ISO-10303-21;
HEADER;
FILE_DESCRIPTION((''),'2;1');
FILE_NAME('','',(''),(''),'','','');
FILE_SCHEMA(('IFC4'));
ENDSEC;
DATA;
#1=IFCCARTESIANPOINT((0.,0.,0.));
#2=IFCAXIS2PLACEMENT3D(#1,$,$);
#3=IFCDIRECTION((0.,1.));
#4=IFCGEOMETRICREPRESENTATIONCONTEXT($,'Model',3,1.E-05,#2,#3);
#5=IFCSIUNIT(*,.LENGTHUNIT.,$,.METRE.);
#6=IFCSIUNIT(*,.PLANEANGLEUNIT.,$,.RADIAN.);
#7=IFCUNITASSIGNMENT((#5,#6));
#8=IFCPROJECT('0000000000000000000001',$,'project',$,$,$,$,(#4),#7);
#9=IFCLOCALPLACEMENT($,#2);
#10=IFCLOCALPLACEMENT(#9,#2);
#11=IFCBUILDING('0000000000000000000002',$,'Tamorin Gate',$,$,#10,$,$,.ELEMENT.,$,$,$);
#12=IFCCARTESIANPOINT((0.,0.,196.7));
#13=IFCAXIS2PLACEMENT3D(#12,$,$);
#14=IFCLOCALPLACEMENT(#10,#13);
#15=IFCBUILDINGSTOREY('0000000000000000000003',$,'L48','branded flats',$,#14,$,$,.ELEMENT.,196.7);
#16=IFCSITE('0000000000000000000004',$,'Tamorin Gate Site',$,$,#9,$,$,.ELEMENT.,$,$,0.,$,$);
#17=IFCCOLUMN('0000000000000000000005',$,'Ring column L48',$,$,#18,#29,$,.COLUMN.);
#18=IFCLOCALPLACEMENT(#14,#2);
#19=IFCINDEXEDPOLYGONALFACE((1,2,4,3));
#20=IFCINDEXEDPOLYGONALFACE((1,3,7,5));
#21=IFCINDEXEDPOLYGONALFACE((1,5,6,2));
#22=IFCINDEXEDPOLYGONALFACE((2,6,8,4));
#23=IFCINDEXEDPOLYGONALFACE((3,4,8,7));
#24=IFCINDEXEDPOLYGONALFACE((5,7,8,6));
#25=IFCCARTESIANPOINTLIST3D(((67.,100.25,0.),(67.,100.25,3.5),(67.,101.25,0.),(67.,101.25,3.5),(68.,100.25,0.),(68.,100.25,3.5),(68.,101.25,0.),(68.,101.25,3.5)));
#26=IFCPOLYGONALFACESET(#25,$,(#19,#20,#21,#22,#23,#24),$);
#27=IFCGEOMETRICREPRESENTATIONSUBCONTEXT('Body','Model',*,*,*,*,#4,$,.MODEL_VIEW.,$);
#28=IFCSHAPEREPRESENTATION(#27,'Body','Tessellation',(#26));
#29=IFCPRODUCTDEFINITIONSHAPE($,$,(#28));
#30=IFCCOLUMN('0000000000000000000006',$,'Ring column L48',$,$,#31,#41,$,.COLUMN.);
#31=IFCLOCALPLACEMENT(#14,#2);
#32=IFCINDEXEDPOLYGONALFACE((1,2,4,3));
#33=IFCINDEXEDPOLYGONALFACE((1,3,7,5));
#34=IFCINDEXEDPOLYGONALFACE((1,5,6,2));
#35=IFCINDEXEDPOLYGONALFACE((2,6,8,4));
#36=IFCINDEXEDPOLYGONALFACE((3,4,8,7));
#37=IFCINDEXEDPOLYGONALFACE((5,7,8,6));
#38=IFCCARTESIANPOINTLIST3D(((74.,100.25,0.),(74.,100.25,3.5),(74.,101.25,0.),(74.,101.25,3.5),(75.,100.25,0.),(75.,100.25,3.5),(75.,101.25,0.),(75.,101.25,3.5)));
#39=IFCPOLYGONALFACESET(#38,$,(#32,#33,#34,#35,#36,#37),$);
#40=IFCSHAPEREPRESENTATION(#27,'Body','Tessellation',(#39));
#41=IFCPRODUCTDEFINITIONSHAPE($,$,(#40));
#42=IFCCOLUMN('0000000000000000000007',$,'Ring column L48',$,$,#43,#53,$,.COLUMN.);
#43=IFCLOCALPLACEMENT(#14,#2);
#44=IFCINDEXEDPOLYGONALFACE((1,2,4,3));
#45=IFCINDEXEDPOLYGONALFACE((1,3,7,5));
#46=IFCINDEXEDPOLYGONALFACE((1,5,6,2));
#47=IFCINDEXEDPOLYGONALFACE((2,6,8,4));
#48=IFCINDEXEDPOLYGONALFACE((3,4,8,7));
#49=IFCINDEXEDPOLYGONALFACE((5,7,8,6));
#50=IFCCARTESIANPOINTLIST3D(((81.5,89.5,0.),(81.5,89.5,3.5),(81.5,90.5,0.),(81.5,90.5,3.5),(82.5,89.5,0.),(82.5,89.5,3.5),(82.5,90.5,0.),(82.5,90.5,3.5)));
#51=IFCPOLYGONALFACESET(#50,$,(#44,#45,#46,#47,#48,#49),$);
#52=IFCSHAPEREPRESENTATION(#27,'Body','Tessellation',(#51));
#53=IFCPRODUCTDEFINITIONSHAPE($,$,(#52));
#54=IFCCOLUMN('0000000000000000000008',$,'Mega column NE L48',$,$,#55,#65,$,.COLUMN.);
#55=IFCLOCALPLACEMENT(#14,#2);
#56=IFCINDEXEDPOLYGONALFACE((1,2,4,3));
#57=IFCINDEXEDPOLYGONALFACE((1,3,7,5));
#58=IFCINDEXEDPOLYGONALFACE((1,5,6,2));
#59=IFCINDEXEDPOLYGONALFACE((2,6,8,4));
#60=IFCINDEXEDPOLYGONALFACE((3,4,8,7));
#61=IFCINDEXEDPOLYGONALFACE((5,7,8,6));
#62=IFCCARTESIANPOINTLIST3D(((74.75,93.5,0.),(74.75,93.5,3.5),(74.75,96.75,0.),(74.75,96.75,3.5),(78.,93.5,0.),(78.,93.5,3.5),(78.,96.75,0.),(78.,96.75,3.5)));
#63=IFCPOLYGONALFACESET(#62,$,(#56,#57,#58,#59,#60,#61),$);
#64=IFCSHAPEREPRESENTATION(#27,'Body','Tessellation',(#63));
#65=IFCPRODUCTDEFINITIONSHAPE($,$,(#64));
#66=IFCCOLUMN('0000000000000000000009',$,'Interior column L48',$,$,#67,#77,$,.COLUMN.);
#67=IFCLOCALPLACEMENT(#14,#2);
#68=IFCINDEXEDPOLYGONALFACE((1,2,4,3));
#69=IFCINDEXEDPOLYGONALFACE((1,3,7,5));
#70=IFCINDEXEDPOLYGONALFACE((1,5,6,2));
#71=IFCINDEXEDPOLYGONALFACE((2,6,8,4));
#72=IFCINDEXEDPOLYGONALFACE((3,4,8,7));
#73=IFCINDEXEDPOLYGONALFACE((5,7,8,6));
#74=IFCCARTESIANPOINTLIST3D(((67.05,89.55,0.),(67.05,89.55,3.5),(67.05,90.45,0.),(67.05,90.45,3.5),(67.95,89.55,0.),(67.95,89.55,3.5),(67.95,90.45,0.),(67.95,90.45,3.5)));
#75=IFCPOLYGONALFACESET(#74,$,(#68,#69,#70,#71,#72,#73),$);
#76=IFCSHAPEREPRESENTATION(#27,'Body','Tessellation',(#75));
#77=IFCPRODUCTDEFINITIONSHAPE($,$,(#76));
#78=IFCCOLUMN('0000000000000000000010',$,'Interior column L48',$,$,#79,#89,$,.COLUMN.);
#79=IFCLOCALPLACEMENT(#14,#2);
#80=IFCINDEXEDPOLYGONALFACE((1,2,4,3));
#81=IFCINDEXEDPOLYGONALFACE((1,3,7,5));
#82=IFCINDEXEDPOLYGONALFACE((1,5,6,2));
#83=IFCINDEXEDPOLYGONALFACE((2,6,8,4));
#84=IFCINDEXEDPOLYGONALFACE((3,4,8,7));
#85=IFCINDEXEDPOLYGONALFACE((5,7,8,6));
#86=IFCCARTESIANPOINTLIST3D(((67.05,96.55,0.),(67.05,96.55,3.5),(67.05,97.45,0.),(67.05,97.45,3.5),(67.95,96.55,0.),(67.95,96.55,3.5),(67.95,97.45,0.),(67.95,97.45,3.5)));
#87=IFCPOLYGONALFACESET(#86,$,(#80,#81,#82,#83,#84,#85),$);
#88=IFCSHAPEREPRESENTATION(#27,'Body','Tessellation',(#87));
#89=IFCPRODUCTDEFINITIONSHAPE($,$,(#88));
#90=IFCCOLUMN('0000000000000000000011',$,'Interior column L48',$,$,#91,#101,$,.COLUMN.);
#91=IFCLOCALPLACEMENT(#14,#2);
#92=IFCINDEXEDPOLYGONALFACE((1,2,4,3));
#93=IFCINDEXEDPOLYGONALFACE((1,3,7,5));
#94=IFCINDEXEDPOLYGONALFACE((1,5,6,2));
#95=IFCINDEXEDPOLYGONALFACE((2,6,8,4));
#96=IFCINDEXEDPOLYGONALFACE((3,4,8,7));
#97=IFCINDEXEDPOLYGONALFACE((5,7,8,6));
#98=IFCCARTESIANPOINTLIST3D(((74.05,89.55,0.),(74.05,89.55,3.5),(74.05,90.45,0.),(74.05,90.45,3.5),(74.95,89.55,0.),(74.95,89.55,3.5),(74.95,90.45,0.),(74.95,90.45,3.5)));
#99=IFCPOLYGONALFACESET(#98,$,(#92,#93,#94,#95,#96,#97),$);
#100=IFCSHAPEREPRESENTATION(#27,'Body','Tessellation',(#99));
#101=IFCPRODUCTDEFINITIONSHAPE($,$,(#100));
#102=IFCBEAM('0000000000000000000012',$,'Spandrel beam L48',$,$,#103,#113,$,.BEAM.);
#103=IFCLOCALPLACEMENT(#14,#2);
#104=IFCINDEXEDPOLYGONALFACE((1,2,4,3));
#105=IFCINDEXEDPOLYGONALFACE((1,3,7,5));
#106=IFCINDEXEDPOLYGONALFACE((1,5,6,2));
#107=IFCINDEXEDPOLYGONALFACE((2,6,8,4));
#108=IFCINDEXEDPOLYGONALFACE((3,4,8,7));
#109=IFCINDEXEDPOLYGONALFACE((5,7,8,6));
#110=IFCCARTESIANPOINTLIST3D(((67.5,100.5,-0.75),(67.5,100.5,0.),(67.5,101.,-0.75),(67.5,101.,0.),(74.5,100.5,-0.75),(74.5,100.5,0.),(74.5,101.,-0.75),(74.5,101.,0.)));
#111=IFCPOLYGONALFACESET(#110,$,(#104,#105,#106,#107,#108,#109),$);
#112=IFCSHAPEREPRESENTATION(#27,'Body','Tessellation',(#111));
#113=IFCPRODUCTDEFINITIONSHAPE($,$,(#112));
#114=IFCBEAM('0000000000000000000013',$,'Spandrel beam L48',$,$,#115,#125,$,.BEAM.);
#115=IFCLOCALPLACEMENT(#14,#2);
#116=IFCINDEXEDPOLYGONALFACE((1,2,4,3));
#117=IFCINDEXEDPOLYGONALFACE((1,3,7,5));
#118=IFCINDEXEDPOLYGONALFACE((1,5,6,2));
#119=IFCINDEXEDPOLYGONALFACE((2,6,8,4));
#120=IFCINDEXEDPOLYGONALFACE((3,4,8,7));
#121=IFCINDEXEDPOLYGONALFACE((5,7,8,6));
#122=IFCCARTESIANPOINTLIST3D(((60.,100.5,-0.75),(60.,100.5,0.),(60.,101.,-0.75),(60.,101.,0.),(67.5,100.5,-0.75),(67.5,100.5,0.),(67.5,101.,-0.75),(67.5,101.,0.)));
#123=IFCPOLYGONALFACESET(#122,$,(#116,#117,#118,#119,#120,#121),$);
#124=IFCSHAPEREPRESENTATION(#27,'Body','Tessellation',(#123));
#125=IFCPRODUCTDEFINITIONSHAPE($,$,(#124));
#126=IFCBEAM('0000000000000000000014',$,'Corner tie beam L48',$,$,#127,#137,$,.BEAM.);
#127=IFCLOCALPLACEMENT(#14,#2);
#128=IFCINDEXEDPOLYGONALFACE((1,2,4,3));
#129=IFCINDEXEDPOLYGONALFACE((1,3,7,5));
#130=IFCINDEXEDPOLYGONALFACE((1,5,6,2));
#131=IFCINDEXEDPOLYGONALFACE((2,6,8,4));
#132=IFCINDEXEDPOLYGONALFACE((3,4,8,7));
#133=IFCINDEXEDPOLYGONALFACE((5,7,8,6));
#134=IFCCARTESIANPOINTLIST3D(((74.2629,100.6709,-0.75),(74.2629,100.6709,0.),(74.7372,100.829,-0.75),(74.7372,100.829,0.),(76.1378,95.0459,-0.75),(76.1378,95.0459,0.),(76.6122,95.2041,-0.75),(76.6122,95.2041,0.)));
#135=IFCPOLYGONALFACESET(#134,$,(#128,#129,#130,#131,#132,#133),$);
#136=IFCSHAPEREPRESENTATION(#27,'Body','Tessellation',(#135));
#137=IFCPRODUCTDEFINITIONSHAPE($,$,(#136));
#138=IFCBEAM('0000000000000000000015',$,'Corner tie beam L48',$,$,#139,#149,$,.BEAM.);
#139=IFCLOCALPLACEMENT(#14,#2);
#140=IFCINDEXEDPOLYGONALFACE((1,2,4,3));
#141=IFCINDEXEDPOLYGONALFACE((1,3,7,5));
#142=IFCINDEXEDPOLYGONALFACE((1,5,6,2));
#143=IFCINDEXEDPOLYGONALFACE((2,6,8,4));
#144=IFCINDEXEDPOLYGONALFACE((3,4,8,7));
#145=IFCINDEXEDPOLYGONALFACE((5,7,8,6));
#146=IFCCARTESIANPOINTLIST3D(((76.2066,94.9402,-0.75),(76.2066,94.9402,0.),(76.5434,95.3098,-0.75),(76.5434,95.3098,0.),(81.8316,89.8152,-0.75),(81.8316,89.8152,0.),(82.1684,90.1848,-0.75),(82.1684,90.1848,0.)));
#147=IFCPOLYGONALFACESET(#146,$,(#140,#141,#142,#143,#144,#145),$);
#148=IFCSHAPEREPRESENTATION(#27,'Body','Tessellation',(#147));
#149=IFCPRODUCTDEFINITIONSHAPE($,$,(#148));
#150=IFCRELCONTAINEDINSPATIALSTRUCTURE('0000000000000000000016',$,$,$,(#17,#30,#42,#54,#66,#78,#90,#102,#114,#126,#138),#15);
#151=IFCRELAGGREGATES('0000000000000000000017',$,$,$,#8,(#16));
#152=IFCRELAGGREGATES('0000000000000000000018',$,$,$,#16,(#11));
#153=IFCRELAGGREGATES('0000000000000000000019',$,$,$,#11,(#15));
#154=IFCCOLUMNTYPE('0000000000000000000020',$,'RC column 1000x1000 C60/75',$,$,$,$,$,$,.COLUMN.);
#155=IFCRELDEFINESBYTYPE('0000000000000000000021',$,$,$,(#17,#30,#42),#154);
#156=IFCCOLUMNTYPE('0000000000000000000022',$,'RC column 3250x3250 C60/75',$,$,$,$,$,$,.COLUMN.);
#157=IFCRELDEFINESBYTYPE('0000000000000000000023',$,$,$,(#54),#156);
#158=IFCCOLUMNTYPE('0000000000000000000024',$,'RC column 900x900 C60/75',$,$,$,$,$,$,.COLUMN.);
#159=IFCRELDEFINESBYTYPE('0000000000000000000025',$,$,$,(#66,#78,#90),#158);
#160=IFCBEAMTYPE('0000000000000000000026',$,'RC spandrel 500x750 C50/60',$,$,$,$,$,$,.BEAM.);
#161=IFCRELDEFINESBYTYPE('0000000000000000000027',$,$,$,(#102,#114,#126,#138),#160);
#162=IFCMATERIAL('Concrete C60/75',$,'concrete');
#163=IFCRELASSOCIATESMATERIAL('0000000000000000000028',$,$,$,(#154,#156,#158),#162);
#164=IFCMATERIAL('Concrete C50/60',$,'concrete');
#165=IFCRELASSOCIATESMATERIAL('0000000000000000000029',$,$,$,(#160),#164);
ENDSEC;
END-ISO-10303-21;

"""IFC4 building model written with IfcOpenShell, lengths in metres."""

from ifc_helpers import new_model, si_unit, direction, frame, origin, origin_2d, place, context, subcontext, project, spatial, rectangle, extrude, material, material_profile, profile_set, type_object, element, save


model = new_model("IFC4")

# Units and contexts
model_context = context("Model", 3, precision=1e-05, world=origin(), true_north=direction((0.0, 1.0)))
body_context = subcontext(model_context, "Body", "Model", "MODEL_VIEW")
ifc_project = project(units=[si_unit("LENGTHUNIT", "METRE"), si_unit("PLANEANGLEUNIT", "RADIAN")], contexts=[model_context])

# Site, building, storey
site_placement = place(None, origin())
site = spatial("IfcSite", under=ifc_project, at=site_placement, Name="Tamorin Gate Site", CompositionType="ELEMENT", RefElevation=0.0)
building_placement = place(site_placement, origin())
building = spatial("IfcBuilding", under=site, at=building_placement, Name="Tamorin Gate", CompositionType="ELEMENT")
storey_placement = place(building_placement, frame((0.0, 0.0, 196.7)))
storey = spatial("IfcBuildingStorey", under=building, at=storey_placement, Name="L48", Description="branded flats", CompositionType="ELEMENT", Elevation=196.7)

# Columns
ifc_material_1 = material(Name="Concrete C60/75", Category="concrete")
ifc_material_profile_1 = material_profile(ifc_material_1, rectangle(XDim=1.0, YDim=1.0, at=origin_2d()), Name="RC 1000x1000")
ifc_profile_set_1 = profile_set([ifc_material_profile_1], Name="Concrete C60/75")
column_type_1 = type_object("IfcColumnType", Name="RC column 1000x1000 C60/75", PredefinedType="COLUMN", material=ifc_profile_set_1)
for number, where, z_axis, x_axis, name in (
    (1, (67.5, 100.75, 0.0), (0.0, 0.0, 1.0), (1.0, 0.0, 0.0), "Ring column L48"),
    (2, (74.5, 100.75, 0.0), (0.0, 0.0, 1.0), (1.0, 0.0, 0.0), "Ring column L48"),
    (3, (82.0, 90.0, 0.0), (0.0, 0.0, 1.0), (1.0, 0.0, 0.0), "Ring column L48"),
):
    element("IfcColumn", number, at=place(storey_placement, frame(where, z_axis=z_axis, x_axis=x_axis)), inside=storey, type_object=column_type_1, Name=name, PredefinedType="COLUMN", context=body_context, shape_type="SweptSolid", body=[
        extrude(rectangle(XDim=1.0, YDim=1.0, at=origin_2d()), origin(), (0.0, 0.0, 1.0), 3.5),
    ])
ifc_material_profile_2 = material_profile(ifc_material_1, rectangle(XDim=3.25, YDim=3.25, at=origin_2d()), Name="RC 3250x3250")
ifc_profile_set_2 = profile_set([ifc_material_profile_2], Name="Concrete C60/75")
column_type_2 = type_object("IfcColumnType", Name="RC column 3250x3250 C60/75", PredefinedType="COLUMN", material=ifc_profile_set_2)
column_placement = place(storey_placement, frame((76.375, 95.125, 0.0), z_axis=(0.0, 0.0, 1.0), x_axis=(1.0, 0.0, 0.0)))
element("IfcColumn", 4, at=column_placement, inside=storey, type_object=column_type_2, Name="Mega column NE L48", PredefinedType="COLUMN", context=body_context, shape_type="SweptSolid", body=[
    extrude(rectangle(XDim=3.25, YDim=3.25, at=origin_2d()), origin(), (0.0, 0.0, 1.0), 3.5),
])
ifc_material_profile_3 = material_profile(ifc_material_1, rectangle(XDim=0.8999, YDim=0.8999, at=origin_2d()), Name="RC 900x900")
ifc_profile_set_3 = profile_set([ifc_material_profile_3], Name="Concrete C60/75")
column_type_3 = type_object("IfcColumnType", Name="RC column 900x900 C60/75", PredefinedType="COLUMN", material=ifc_profile_set_3)
for number, where, z_axis, x_axis, name in (
    (5, (67.5, 90.0, 0.0), (0.0, 0.0, 1.0), (1.0, 0.0, 0.0), "Interior column L48"),
    (6, (67.5, 97.0, 0.0), (0.0, 0.0, 1.0), (1.0, 0.0, 0.0), "Interior column L48"),
    (7, (74.5, 90.0, 0.0), (0.0, 0.0, 1.0), (1.0, 0.0, 0.0), "Interior column L48"),
):
    element("IfcColumn", number, at=place(storey_placement, frame(where, z_axis=z_axis, x_axis=x_axis)), inside=storey, type_object=column_type_3, Name=name, PredefinedType="COLUMN", context=body_context, shape_type="SweptSolid", body=[
        extrude(rectangle(XDim=0.8999, YDim=0.8999, at=origin_2d()), origin(), (0.0, 0.0, 1.0), 3.5),
    ])

# Beams
ifc_material_2 = material(Name="Concrete C50/60", Category="concrete")
ifc_material_profile_4 = material_profile(ifc_material_2, rectangle(XDim=0.5, YDim=0.75, at=origin_2d()), Name="RC 500x750")
ifc_profile_set_4 = profile_set([ifc_material_profile_4], Name="Concrete C50/60")
beam_type = type_object("IfcBeamType", Name="RC spandrel 500x750 C50/60", PredefinedType="BEAM", material=ifc_profile_set_4)
beam_1_placement = place(storey_placement, frame((74.5, 100.75, -0.375), z_axis=(-1.0, 0.0, 0.0), x_axis=(0.0, -1.0, 0.0)))
element("IfcBeam", 8, at=beam_1_placement, inside=storey, type_object=beam_type, Name="Spandrel beam L48", PredefinedType="BEAM", context=body_context, shape_type="SweptSolid", body=[
    extrude(rectangle(XDim=0.5, YDim=0.75, at=origin_2d()), origin(), (0.0, 0.0, 1.0), 7.0),
])
beam_2_placement = place(storey_placement, frame((67.5, 100.75, -0.375), z_axis=(-1.0, 0.0, 0.0), x_axis=(0.0, -1.0, 0.0)))
element("IfcBeam", 9, at=beam_2_placement, inside=storey, type_object=beam_type, Name="Spandrel beam L48", PredefinedType="BEAM", context=body_context, shape_type="SweptSolid", body=[
    extrude(rectangle(XDim=0.5, YDim=0.75, at=origin_2d()), origin(), (0.0, 0.0, 1.0), 7.5),
])
beam_3_placement = place(storey_placement, frame((76.375, 95.125, -0.375), z_axis=(-0.316228, 0.948683, 0.0), x_axis=(-0.948683, -0.316228, 0.0)))
element("IfcBeam", 10, at=beam_3_placement, inside=storey, type_object=beam_type, Name="Corner tie beam L48", PredefinedType="BEAM", context=body_context, shape_type="SweptSolid", body=[
    extrude(rectangle(XDim=0.5, YDim=0.75, at=origin_2d()), origin(), (0.0, 0.0, 1.0), 5.9292),
])
beam_4_placement = place(storey_placement, frame((76.375, 95.125, -0.375), z_axis=(0.739196, -0.67349, 0.0), x_axis=(0.67349, 0.739196, 0.0)))
element("IfcBeam", 11, at=beam_4_placement, inside=storey, type_object=beam_type, Name="Corner tie beam L48", PredefinedType="BEAM", context=body_context, shape_type="SweptSolid", body=[
    extrude(rectangle(XDim=0.5, YDim=0.75, at=origin_2d()), origin(), (0.0, 0.0, 1.0), 7.6096),
])

save(model, "model.ifc")
